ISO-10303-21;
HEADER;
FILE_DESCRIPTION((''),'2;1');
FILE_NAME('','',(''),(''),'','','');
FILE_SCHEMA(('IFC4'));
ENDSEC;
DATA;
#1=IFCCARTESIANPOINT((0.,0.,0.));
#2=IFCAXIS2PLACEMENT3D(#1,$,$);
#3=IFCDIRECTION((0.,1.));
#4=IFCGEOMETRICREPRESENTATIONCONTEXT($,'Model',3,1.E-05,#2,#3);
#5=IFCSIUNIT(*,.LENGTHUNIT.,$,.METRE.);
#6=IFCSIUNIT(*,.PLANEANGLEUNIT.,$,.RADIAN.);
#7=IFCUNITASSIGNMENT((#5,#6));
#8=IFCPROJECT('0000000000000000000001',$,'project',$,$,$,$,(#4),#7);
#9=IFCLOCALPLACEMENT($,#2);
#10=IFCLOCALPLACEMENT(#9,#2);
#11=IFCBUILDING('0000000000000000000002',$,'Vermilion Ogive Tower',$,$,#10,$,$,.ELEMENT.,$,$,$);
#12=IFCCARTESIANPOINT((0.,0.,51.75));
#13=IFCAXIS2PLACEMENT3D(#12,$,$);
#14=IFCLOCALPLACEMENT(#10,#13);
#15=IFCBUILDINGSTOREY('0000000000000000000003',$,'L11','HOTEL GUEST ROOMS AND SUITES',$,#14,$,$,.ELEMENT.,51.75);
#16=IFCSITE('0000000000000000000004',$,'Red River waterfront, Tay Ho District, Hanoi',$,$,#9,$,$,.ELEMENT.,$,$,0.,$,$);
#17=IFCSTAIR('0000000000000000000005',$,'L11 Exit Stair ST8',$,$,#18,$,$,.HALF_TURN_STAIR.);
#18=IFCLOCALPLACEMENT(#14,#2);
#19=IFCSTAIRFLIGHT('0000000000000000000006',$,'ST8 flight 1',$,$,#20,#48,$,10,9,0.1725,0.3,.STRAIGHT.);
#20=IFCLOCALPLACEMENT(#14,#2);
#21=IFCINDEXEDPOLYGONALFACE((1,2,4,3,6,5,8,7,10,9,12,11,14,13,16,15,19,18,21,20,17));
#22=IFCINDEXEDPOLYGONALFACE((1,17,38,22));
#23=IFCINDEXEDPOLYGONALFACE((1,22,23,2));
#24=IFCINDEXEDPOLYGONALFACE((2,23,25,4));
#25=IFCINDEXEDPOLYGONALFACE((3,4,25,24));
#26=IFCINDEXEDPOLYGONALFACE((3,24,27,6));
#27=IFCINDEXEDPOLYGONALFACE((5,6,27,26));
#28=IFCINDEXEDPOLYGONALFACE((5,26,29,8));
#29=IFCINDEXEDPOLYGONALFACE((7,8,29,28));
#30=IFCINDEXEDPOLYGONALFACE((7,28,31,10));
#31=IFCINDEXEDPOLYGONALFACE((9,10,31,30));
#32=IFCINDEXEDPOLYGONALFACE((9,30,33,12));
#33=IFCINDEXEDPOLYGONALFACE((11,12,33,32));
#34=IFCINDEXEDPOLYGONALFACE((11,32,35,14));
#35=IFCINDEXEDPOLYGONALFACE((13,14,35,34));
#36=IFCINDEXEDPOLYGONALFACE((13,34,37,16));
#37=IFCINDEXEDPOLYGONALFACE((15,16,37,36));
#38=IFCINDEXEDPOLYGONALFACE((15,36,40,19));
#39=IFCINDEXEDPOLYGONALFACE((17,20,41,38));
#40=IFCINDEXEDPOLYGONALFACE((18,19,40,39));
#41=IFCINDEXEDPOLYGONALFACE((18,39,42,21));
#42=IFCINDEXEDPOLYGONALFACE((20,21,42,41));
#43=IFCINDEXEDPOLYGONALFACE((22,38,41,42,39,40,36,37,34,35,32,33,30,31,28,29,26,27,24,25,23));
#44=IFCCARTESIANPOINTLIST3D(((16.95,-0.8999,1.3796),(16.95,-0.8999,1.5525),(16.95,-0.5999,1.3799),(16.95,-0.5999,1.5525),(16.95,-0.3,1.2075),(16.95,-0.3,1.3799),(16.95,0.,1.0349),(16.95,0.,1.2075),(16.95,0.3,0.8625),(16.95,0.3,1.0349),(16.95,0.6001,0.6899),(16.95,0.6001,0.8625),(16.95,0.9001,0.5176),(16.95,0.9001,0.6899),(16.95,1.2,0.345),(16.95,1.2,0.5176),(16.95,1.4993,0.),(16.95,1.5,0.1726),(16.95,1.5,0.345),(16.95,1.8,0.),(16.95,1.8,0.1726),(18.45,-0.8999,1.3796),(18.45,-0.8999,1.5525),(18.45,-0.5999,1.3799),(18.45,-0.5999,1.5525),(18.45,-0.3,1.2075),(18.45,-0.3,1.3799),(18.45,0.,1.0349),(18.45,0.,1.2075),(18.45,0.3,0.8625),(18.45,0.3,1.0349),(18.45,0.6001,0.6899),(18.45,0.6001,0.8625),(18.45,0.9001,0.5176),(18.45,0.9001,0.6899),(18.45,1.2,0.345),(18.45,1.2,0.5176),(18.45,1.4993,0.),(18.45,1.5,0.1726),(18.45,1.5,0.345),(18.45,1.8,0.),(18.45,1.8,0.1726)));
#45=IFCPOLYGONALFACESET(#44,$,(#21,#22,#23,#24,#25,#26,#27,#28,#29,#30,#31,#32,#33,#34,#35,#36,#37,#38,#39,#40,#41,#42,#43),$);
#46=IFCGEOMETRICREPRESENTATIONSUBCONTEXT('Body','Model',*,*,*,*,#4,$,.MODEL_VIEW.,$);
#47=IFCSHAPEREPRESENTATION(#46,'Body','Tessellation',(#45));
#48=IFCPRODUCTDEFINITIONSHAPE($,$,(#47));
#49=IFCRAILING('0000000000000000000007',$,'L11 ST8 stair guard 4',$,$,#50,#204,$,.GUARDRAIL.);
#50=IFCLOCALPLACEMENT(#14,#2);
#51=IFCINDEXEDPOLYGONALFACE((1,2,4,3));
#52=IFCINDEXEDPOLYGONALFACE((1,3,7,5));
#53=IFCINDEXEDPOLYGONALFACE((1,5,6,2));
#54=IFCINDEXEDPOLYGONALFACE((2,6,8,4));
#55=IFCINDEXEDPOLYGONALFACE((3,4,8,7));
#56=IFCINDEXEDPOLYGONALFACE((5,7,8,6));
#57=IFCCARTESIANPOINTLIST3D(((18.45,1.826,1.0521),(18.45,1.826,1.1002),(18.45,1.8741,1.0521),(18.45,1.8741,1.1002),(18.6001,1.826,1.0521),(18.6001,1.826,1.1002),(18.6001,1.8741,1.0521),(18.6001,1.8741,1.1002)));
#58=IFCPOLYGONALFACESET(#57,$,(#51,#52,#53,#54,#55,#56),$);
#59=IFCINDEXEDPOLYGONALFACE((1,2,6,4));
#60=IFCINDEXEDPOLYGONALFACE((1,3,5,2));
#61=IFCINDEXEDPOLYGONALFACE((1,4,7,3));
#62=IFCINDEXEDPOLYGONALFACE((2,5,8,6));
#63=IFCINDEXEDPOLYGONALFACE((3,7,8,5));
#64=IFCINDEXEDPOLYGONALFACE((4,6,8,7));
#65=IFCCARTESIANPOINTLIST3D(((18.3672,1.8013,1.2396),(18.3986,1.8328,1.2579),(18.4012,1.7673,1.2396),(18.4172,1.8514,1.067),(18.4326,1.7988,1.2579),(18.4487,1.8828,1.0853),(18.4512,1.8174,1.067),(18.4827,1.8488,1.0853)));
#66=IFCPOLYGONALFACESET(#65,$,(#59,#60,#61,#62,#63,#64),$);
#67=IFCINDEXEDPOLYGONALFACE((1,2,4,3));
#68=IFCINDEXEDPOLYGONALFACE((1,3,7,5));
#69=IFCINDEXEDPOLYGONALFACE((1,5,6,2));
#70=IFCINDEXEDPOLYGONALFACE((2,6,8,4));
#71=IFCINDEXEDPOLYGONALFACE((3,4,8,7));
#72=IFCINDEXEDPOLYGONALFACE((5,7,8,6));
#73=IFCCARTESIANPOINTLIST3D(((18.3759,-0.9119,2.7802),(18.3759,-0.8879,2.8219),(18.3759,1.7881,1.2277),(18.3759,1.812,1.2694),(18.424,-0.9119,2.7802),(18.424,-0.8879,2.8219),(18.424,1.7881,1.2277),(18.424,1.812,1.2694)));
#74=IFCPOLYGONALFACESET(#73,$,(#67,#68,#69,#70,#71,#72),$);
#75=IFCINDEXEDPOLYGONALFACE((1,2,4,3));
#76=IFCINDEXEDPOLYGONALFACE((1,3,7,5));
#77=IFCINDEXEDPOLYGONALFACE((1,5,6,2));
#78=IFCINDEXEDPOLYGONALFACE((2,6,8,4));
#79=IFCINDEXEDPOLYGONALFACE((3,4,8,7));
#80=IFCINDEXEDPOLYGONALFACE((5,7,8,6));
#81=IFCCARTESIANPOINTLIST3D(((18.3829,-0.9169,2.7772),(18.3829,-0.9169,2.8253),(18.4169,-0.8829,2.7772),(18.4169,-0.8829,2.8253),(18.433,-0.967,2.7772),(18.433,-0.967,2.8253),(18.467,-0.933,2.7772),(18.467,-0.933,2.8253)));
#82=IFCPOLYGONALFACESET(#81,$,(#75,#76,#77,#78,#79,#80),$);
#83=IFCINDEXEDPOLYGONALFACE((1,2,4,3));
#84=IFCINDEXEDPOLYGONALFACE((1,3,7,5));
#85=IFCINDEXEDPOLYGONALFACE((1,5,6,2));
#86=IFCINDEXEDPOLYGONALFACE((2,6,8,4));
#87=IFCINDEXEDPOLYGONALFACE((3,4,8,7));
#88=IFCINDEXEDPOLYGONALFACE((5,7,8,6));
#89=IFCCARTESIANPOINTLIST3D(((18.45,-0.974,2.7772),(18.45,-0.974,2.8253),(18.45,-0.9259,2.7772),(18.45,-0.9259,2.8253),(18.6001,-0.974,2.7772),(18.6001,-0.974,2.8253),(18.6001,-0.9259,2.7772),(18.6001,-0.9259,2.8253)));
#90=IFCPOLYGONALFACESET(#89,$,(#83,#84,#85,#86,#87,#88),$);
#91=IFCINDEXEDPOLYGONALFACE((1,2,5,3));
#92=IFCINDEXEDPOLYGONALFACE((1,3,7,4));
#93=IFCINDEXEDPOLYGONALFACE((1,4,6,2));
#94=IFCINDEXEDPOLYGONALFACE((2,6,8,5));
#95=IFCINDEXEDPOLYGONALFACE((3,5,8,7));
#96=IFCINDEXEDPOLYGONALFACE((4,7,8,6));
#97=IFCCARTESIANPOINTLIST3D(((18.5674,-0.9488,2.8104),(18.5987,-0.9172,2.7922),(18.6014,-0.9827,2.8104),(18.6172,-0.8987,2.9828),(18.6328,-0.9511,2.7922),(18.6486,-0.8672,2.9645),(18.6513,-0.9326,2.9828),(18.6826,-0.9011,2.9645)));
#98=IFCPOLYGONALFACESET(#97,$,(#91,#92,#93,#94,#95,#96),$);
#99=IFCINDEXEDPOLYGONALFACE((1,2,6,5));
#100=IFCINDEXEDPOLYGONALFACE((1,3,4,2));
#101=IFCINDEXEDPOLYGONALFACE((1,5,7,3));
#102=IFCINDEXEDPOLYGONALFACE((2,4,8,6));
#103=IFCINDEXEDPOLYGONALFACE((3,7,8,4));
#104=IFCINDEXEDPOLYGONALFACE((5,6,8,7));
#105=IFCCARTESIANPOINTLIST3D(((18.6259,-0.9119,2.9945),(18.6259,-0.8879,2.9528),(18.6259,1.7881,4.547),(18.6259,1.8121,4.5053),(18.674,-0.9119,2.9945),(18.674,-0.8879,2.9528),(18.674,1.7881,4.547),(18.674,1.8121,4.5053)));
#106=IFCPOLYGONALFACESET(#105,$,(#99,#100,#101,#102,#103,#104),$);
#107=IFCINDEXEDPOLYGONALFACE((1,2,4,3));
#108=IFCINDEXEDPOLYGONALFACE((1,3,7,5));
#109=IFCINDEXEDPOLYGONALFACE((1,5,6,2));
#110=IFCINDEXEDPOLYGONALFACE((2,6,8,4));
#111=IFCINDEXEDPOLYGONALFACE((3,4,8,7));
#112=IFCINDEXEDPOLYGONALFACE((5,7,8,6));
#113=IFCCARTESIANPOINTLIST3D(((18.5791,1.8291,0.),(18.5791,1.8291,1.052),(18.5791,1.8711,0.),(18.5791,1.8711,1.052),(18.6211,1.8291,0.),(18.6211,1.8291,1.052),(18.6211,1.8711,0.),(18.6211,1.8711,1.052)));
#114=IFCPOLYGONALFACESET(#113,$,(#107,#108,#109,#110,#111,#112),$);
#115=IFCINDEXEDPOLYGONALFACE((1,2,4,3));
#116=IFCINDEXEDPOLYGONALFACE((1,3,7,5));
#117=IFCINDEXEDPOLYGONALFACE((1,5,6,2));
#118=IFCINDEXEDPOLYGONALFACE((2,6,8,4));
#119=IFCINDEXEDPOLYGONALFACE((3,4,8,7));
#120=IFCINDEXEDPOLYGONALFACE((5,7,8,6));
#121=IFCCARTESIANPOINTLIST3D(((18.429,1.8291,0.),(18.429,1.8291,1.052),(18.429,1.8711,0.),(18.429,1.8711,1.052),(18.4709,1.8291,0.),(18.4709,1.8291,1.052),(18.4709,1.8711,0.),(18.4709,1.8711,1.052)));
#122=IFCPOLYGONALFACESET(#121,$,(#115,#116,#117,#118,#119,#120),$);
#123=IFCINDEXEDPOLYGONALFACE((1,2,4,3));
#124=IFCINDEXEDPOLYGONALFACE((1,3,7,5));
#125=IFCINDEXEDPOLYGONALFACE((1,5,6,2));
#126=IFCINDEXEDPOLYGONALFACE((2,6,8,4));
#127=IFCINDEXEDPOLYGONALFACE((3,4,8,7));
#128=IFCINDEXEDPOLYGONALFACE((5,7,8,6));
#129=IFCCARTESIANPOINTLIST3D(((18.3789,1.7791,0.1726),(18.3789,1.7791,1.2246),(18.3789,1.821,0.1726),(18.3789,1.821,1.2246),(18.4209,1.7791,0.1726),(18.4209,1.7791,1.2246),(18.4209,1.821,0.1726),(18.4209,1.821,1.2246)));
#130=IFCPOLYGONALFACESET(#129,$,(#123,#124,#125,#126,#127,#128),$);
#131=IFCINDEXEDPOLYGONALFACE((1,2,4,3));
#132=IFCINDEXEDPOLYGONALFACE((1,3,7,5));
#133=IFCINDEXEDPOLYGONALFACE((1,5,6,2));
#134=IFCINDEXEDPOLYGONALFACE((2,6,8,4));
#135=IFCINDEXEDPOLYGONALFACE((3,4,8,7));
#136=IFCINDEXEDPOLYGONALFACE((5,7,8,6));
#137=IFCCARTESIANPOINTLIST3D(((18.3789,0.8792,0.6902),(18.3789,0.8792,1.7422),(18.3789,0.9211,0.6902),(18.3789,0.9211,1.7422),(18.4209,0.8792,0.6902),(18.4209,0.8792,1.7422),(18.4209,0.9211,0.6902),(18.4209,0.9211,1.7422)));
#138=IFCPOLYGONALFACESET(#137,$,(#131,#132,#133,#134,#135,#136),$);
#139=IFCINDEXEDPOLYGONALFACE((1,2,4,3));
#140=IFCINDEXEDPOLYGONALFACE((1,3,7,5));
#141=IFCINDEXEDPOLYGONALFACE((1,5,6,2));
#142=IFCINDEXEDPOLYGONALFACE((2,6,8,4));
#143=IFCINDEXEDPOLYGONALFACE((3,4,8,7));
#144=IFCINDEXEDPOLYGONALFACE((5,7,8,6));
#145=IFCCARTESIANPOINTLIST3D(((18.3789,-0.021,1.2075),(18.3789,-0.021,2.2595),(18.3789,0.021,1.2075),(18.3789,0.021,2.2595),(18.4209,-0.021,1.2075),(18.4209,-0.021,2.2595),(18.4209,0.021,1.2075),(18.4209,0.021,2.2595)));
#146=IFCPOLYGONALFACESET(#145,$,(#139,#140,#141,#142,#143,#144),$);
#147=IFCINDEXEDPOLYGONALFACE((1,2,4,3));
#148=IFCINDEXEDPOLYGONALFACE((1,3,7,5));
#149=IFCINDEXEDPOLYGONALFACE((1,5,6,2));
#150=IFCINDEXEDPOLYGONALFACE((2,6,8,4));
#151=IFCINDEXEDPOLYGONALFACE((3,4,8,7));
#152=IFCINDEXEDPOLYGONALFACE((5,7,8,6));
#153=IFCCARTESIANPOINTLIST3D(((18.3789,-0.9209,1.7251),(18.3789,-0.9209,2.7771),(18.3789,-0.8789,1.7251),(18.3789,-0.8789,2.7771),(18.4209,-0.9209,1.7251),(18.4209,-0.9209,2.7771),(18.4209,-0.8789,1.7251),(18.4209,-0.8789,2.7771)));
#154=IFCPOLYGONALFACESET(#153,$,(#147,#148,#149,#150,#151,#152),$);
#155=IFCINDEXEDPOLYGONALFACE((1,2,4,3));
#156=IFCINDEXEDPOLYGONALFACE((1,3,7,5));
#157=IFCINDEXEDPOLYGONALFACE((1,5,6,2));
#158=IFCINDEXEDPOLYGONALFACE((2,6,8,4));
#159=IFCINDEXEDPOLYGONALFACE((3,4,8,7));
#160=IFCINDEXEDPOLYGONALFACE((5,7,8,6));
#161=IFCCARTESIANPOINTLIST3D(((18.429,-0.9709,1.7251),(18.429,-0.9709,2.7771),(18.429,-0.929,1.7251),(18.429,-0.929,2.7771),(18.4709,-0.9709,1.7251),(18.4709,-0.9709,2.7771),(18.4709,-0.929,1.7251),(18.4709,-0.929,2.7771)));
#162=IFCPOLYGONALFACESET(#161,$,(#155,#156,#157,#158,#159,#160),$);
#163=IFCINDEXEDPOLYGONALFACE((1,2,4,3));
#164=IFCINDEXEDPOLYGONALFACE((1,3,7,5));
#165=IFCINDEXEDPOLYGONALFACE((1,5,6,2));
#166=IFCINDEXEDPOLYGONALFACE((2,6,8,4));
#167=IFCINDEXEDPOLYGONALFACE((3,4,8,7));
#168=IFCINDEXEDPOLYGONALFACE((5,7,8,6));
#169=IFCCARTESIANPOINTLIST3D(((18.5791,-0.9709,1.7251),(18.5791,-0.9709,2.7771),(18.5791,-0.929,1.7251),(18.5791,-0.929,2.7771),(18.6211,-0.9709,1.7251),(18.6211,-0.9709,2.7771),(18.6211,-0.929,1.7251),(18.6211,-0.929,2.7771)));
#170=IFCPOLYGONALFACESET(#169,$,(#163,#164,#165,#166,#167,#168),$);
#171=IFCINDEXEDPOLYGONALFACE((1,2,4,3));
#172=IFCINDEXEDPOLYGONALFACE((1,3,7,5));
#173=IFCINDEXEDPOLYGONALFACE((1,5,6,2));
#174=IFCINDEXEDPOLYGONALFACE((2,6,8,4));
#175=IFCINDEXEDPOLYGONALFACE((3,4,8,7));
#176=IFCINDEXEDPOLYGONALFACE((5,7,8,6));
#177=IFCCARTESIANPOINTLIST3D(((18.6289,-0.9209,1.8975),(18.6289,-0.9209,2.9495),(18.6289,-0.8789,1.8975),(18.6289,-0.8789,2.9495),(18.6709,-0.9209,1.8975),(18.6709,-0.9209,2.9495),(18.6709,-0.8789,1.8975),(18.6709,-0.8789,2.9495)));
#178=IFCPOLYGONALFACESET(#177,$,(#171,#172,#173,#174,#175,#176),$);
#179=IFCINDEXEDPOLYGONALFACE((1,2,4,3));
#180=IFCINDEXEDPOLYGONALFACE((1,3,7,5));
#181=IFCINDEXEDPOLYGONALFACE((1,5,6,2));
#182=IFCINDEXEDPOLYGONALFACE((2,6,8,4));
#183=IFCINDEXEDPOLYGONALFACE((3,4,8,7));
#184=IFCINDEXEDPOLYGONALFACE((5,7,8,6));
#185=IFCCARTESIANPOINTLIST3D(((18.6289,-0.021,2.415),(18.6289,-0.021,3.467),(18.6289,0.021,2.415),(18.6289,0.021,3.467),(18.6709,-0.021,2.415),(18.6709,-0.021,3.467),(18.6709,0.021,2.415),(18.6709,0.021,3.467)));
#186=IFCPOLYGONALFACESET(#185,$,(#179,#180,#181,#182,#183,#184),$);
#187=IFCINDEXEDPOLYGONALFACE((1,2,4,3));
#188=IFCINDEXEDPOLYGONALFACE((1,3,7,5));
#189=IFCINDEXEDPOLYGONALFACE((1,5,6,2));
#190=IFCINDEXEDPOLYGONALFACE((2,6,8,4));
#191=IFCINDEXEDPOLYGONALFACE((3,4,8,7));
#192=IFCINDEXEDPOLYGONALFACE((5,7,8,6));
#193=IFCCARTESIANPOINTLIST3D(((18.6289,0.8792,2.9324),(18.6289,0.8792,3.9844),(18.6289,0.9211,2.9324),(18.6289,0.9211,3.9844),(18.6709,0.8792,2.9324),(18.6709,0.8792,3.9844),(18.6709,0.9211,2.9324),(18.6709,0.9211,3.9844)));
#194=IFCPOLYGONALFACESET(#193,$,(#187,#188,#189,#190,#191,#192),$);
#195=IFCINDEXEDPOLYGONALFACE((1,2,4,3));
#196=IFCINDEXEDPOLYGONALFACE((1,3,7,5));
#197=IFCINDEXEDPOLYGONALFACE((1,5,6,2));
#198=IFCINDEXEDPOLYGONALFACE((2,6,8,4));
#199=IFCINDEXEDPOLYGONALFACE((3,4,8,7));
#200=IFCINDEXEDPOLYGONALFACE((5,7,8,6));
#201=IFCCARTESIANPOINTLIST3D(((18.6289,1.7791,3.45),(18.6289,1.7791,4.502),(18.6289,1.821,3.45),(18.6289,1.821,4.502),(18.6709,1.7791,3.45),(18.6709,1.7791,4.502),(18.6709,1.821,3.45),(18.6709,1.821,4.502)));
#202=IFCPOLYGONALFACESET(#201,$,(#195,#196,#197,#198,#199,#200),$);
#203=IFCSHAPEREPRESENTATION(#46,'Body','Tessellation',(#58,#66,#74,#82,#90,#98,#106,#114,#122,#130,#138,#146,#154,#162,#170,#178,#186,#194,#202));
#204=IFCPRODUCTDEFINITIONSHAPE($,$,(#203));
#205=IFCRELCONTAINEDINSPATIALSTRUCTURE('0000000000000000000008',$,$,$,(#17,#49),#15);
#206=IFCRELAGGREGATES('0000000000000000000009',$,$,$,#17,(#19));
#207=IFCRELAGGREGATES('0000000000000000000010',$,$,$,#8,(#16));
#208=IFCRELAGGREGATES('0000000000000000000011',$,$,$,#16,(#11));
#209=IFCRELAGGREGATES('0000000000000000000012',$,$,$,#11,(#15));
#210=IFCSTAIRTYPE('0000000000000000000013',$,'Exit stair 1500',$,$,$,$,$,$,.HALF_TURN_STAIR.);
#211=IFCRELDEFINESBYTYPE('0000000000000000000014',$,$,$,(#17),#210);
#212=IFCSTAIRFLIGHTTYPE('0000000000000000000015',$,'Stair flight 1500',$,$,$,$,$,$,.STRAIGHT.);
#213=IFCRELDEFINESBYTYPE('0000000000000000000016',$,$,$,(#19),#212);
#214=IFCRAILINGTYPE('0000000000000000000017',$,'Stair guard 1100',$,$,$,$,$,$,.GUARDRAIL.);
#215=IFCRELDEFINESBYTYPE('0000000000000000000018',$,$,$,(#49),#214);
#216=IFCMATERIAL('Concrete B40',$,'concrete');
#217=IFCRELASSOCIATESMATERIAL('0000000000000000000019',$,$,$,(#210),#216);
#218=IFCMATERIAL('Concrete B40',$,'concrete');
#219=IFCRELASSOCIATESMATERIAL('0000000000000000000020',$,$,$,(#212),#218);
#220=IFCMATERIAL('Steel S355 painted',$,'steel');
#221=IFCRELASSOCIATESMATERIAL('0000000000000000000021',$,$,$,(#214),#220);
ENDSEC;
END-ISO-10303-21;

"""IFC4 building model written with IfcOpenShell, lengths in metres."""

from ifc_helpers import new_model, si_unit, direction, frame, origin, origin_2d, place, context, subcontext, project, spatial, polyline, rectangle, outline, extrude, material, type_object, element, aggregate, save


model = new_model("IFC4")

# Units and contexts
model_context = context("Model", 3, precision=1e-05, world=origin(), true_north=direction((0.0, 1.0)))
body_context = subcontext(model_context, "Body", "Model", "MODEL_VIEW")
ifc_project = project(units=[si_unit("LENGTHUNIT", "METRE"), si_unit("PLANEANGLEUNIT", "RADIAN")], contexts=[model_context])

# Site, building, storey
site_placement = place(None, origin())
site = spatial("IfcSite", under=ifc_project, at=site_placement, Name="Red River waterfront, Tay Ho District, Hanoi", CompositionType="ELEMENT", RefElevation=0.0)
building_placement = place(site_placement, origin())
building = spatial("IfcBuilding", under=site, at=building_placement, Name="Vermilion Ogive Tower", CompositionType="ELEMENT")
storey_placement = place(building_placement, frame((0.0, 0.0, 51.75)))
storey = spatial("IfcBuildingStorey", under=building, at=storey_placement, Name="L11", Description="HOTEL GUEST ROOMS AND SUITES", CompositionType="ELEMENT", Elevation=51.75)

# Stair, stair flight
ifc_material_1 = material(Name="Concrete B40", Category="concrete")
stair_type = type_object("IfcStairType", Name="Exit stair 1500", PredefinedType="HALF_TURN_STAIR", material=ifc_material_1)
stair_placement = place(storey_placement, origin())
stair = element("IfcStair", 1, at=stair_placement, inside=storey, type_object=stair_type, Name="L11 Exit Stair ST8", PredefinedType="HALF_TURN_STAIR")
ifc_material_2 = material(Name="Concrete B40", Category="concrete")
stair_flight_type = type_object("IfcStairFlightType", Name="Stair flight 1500", PredefinedType="STRAIGHT", material=ifc_material_2)
stair_flight_placement = place(storey_placement, frame((17.7, 1.8, 0.0), z_axis=(0.0, 0.0, 1.0), x_axis=(0.0, -1.0, 0.0)))
stair_flight = element("IfcStairFlight", 2, at=stair_flight_placement, type_object=stair_flight_type, Name="ST8 flight 1", NumberOfRisers=10, NumberOfTreads=9, PredefinedType="STRAIGHT", RiserHeight=0.1725, TreadLength=0.3, context=body_context, shape_type="SweptSolid", body=[
    extrude(outline(polyline([(0.0, 0.0), (0.0, 0.1726), (0.3, 0.1726), (0.3, 0.345), (0.6001, 0.345), (0.6001, 0.5176), (0.8999, 0.5176), (0.8999, 0.6899), (1.2, 0.6899), (1.2, 0.8625), (1.5, 0.8625), (1.5, 1.0349), (1.8, 1.0349), (1.8, 1.2075), (2.1001, 1.2075), (2.1001, 1.3799), (2.3999, 1.3799), (2.3999, 1.5525), (2.7, 1.5525), (2.7, 1.7251), (2.7, 1.3796), (0.3008, 0.0), (0.0, 0.0)])), frame((0.0, 0.75, 0.0), z_axis=(0.0, -1.0, 0.0), x_axis=(1.0, 0.0, 0.0)), (0.0, 0.0, 1.0), 1.5),
])
aggregate(stair, [stair_flight])

# Railing
ifc_material_3 = material(Name="Steel S355 painted", Category="steel")
railing_type_1 = type_object("IfcRailingType", Name="Stair guard 1100", PredefinedType="GUARDRAIL", material=ifc_material_3)
railing_1_placement = place(storey_placement, frame((18.6001, 1.8501, 0.0)))
element("IfcRailing", 3, at=railing_1_placement, inside=storey, type_object=railing_type_1, Name="L11 ST8 stair guard 4", PredefinedType="GUARDRAIL", context=body_context, shape_type="SweptSolid", body=[
    extrude(rectangle(XDim=0.0481, YDim=0.0481, at=origin_2d()), frame((0.0, 0.0, 1.0762), z_axis=(-1.0, 0.0, 0.0), x_axis=(0.0, -1.0, 0.0)), (0.0, 0.0, 1.0), 0.1501),
    extrude(rectangle(XDim=0.0481, YDim=0.0481, at=origin_2d()), frame((-0.1501, 0.0, 1.0762), z_axis=(-0.268278, -0.268278, 0.925232), x_axis=(0.707107, -0.707107, 0.0)), (0.0, 0.0, 1.0), 0.1865),
    extrude(rectangle(XDim=0.0481, YDim=0.0481, at=origin_2d()), frame((-0.2002, -0.05, 1.2485), z_axis=(0.0, -0.866904, 0.498476), x_axis=(1.0, 0.0, 0.0)), (0.0, 0.0, 1.0), 3.1145),
    extrude(rectangle(XDim=0.0481, YDim=0.0481, at=origin_2d()), frame((-0.2002, -2.75, 2.8013), z_axis=(0.707107, -0.707107, 0.0), x_axis=(0.707107, 0.707107, 0.0)), (0.0, 0.0, 1.0), 0.0708),
    extrude(rectangle(XDim=0.0481, YDim=0.0481, at=origin_2d()), frame((-0.1501, -2.8, 2.8013), z_axis=(1.0, 0.0, 0.0), x_axis=(0.0, 1.0, 0.0)), (0.0, 0.0, 1.0), 0.1501),
    extrude(rectangle(XDim=0.0481, YDim=0.0481, at=origin_2d()), frame((0.0, -2.8, 2.8013), z_axis=(0.267387, 0.268698, 0.925368), x_axis=(-0.708834, 0.705376, 0.0)), (0.0, 0.0, 1.0), 0.1863),
    extrude(rectangle(XDim=0.0481, YDim=0.0481, at=origin_2d()), frame((0.0498, -2.75, 2.9736), z_axis=(0.0, 0.866904, 0.498476), x_axis=(-1.0, 0.0, 0.0)), (0.0, 0.0, 1.0), 3.1145),
    extrude(rectangle(XDim=0.042, YDim=0.042, at=origin_2d()), origin(), (0.0, 0.0, 1.0), 1.052),
    extrude(rectangle(XDim=0.042, YDim=0.042, at=origin_2d()), frame((-0.1501, 0.0, 0.0)), (0.0, 0.0, 1.0), 1.052),
    extrude(rectangle(XDim=0.042, YDim=0.042, at=origin_2d()), frame((-0.2002, -0.05, 0.1726)), (0.0, 0.0, 1.0), 1.052),
    extrude(rectangle(XDim=0.042, YDim=0.042, at=origin_2d()), frame((-0.2002, -0.95, 0.6902)), (0.0, 0.0, 1.0), 1.052),
    extrude(rectangle(XDim=0.042, YDim=0.042, at=origin_2d()), frame((-0.2002, -1.8501, 1.2075)), (0.0, 0.0, 1.0), 1.052),
    extrude(rectangle(XDim=0.042, YDim=0.042, at=origin_2d()), frame((-0.2002, -2.75, 1.7251)), (0.0, 0.0, 1.0), 1.052),
    extrude(rectangle(XDim=0.042, YDim=0.042, at=origin_2d()), frame((-0.1501, -2.8, 1.7251)), (0.0, 0.0, 1.0), 1.052),
    extrude(rectangle(XDim=0.042, YDim=0.042, at=origin_2d()), frame((0.0, -2.8, 1.7251)), (0.0, 0.0, 1.0), 1.052),
    extrude(rectangle(XDim=0.042, YDim=0.042, at=origin_2d()), frame((0.0498, -2.75, 1.8975)), (0.0, 0.0, 1.0), 1.052),
    extrude(rectangle(XDim=0.042, YDim=0.042, at=origin_2d()), frame((0.0498, -1.8501, 2.415)), (0.0, 0.0, 1.0), 1.052),
    extrude(rectangle(XDim=0.042, YDim=0.042, at=origin_2d()), frame((0.0498, -0.95, 2.9324)), (0.0, 0.0, 1.0), 1.052),
    extrude(rectangle(XDim=0.042, YDim=0.042, at=origin_2d()), frame((0.0498, -0.05, 3.45)), (0.0, 0.0, 1.0), 1.052),
])

save(model, "model.ifc")
